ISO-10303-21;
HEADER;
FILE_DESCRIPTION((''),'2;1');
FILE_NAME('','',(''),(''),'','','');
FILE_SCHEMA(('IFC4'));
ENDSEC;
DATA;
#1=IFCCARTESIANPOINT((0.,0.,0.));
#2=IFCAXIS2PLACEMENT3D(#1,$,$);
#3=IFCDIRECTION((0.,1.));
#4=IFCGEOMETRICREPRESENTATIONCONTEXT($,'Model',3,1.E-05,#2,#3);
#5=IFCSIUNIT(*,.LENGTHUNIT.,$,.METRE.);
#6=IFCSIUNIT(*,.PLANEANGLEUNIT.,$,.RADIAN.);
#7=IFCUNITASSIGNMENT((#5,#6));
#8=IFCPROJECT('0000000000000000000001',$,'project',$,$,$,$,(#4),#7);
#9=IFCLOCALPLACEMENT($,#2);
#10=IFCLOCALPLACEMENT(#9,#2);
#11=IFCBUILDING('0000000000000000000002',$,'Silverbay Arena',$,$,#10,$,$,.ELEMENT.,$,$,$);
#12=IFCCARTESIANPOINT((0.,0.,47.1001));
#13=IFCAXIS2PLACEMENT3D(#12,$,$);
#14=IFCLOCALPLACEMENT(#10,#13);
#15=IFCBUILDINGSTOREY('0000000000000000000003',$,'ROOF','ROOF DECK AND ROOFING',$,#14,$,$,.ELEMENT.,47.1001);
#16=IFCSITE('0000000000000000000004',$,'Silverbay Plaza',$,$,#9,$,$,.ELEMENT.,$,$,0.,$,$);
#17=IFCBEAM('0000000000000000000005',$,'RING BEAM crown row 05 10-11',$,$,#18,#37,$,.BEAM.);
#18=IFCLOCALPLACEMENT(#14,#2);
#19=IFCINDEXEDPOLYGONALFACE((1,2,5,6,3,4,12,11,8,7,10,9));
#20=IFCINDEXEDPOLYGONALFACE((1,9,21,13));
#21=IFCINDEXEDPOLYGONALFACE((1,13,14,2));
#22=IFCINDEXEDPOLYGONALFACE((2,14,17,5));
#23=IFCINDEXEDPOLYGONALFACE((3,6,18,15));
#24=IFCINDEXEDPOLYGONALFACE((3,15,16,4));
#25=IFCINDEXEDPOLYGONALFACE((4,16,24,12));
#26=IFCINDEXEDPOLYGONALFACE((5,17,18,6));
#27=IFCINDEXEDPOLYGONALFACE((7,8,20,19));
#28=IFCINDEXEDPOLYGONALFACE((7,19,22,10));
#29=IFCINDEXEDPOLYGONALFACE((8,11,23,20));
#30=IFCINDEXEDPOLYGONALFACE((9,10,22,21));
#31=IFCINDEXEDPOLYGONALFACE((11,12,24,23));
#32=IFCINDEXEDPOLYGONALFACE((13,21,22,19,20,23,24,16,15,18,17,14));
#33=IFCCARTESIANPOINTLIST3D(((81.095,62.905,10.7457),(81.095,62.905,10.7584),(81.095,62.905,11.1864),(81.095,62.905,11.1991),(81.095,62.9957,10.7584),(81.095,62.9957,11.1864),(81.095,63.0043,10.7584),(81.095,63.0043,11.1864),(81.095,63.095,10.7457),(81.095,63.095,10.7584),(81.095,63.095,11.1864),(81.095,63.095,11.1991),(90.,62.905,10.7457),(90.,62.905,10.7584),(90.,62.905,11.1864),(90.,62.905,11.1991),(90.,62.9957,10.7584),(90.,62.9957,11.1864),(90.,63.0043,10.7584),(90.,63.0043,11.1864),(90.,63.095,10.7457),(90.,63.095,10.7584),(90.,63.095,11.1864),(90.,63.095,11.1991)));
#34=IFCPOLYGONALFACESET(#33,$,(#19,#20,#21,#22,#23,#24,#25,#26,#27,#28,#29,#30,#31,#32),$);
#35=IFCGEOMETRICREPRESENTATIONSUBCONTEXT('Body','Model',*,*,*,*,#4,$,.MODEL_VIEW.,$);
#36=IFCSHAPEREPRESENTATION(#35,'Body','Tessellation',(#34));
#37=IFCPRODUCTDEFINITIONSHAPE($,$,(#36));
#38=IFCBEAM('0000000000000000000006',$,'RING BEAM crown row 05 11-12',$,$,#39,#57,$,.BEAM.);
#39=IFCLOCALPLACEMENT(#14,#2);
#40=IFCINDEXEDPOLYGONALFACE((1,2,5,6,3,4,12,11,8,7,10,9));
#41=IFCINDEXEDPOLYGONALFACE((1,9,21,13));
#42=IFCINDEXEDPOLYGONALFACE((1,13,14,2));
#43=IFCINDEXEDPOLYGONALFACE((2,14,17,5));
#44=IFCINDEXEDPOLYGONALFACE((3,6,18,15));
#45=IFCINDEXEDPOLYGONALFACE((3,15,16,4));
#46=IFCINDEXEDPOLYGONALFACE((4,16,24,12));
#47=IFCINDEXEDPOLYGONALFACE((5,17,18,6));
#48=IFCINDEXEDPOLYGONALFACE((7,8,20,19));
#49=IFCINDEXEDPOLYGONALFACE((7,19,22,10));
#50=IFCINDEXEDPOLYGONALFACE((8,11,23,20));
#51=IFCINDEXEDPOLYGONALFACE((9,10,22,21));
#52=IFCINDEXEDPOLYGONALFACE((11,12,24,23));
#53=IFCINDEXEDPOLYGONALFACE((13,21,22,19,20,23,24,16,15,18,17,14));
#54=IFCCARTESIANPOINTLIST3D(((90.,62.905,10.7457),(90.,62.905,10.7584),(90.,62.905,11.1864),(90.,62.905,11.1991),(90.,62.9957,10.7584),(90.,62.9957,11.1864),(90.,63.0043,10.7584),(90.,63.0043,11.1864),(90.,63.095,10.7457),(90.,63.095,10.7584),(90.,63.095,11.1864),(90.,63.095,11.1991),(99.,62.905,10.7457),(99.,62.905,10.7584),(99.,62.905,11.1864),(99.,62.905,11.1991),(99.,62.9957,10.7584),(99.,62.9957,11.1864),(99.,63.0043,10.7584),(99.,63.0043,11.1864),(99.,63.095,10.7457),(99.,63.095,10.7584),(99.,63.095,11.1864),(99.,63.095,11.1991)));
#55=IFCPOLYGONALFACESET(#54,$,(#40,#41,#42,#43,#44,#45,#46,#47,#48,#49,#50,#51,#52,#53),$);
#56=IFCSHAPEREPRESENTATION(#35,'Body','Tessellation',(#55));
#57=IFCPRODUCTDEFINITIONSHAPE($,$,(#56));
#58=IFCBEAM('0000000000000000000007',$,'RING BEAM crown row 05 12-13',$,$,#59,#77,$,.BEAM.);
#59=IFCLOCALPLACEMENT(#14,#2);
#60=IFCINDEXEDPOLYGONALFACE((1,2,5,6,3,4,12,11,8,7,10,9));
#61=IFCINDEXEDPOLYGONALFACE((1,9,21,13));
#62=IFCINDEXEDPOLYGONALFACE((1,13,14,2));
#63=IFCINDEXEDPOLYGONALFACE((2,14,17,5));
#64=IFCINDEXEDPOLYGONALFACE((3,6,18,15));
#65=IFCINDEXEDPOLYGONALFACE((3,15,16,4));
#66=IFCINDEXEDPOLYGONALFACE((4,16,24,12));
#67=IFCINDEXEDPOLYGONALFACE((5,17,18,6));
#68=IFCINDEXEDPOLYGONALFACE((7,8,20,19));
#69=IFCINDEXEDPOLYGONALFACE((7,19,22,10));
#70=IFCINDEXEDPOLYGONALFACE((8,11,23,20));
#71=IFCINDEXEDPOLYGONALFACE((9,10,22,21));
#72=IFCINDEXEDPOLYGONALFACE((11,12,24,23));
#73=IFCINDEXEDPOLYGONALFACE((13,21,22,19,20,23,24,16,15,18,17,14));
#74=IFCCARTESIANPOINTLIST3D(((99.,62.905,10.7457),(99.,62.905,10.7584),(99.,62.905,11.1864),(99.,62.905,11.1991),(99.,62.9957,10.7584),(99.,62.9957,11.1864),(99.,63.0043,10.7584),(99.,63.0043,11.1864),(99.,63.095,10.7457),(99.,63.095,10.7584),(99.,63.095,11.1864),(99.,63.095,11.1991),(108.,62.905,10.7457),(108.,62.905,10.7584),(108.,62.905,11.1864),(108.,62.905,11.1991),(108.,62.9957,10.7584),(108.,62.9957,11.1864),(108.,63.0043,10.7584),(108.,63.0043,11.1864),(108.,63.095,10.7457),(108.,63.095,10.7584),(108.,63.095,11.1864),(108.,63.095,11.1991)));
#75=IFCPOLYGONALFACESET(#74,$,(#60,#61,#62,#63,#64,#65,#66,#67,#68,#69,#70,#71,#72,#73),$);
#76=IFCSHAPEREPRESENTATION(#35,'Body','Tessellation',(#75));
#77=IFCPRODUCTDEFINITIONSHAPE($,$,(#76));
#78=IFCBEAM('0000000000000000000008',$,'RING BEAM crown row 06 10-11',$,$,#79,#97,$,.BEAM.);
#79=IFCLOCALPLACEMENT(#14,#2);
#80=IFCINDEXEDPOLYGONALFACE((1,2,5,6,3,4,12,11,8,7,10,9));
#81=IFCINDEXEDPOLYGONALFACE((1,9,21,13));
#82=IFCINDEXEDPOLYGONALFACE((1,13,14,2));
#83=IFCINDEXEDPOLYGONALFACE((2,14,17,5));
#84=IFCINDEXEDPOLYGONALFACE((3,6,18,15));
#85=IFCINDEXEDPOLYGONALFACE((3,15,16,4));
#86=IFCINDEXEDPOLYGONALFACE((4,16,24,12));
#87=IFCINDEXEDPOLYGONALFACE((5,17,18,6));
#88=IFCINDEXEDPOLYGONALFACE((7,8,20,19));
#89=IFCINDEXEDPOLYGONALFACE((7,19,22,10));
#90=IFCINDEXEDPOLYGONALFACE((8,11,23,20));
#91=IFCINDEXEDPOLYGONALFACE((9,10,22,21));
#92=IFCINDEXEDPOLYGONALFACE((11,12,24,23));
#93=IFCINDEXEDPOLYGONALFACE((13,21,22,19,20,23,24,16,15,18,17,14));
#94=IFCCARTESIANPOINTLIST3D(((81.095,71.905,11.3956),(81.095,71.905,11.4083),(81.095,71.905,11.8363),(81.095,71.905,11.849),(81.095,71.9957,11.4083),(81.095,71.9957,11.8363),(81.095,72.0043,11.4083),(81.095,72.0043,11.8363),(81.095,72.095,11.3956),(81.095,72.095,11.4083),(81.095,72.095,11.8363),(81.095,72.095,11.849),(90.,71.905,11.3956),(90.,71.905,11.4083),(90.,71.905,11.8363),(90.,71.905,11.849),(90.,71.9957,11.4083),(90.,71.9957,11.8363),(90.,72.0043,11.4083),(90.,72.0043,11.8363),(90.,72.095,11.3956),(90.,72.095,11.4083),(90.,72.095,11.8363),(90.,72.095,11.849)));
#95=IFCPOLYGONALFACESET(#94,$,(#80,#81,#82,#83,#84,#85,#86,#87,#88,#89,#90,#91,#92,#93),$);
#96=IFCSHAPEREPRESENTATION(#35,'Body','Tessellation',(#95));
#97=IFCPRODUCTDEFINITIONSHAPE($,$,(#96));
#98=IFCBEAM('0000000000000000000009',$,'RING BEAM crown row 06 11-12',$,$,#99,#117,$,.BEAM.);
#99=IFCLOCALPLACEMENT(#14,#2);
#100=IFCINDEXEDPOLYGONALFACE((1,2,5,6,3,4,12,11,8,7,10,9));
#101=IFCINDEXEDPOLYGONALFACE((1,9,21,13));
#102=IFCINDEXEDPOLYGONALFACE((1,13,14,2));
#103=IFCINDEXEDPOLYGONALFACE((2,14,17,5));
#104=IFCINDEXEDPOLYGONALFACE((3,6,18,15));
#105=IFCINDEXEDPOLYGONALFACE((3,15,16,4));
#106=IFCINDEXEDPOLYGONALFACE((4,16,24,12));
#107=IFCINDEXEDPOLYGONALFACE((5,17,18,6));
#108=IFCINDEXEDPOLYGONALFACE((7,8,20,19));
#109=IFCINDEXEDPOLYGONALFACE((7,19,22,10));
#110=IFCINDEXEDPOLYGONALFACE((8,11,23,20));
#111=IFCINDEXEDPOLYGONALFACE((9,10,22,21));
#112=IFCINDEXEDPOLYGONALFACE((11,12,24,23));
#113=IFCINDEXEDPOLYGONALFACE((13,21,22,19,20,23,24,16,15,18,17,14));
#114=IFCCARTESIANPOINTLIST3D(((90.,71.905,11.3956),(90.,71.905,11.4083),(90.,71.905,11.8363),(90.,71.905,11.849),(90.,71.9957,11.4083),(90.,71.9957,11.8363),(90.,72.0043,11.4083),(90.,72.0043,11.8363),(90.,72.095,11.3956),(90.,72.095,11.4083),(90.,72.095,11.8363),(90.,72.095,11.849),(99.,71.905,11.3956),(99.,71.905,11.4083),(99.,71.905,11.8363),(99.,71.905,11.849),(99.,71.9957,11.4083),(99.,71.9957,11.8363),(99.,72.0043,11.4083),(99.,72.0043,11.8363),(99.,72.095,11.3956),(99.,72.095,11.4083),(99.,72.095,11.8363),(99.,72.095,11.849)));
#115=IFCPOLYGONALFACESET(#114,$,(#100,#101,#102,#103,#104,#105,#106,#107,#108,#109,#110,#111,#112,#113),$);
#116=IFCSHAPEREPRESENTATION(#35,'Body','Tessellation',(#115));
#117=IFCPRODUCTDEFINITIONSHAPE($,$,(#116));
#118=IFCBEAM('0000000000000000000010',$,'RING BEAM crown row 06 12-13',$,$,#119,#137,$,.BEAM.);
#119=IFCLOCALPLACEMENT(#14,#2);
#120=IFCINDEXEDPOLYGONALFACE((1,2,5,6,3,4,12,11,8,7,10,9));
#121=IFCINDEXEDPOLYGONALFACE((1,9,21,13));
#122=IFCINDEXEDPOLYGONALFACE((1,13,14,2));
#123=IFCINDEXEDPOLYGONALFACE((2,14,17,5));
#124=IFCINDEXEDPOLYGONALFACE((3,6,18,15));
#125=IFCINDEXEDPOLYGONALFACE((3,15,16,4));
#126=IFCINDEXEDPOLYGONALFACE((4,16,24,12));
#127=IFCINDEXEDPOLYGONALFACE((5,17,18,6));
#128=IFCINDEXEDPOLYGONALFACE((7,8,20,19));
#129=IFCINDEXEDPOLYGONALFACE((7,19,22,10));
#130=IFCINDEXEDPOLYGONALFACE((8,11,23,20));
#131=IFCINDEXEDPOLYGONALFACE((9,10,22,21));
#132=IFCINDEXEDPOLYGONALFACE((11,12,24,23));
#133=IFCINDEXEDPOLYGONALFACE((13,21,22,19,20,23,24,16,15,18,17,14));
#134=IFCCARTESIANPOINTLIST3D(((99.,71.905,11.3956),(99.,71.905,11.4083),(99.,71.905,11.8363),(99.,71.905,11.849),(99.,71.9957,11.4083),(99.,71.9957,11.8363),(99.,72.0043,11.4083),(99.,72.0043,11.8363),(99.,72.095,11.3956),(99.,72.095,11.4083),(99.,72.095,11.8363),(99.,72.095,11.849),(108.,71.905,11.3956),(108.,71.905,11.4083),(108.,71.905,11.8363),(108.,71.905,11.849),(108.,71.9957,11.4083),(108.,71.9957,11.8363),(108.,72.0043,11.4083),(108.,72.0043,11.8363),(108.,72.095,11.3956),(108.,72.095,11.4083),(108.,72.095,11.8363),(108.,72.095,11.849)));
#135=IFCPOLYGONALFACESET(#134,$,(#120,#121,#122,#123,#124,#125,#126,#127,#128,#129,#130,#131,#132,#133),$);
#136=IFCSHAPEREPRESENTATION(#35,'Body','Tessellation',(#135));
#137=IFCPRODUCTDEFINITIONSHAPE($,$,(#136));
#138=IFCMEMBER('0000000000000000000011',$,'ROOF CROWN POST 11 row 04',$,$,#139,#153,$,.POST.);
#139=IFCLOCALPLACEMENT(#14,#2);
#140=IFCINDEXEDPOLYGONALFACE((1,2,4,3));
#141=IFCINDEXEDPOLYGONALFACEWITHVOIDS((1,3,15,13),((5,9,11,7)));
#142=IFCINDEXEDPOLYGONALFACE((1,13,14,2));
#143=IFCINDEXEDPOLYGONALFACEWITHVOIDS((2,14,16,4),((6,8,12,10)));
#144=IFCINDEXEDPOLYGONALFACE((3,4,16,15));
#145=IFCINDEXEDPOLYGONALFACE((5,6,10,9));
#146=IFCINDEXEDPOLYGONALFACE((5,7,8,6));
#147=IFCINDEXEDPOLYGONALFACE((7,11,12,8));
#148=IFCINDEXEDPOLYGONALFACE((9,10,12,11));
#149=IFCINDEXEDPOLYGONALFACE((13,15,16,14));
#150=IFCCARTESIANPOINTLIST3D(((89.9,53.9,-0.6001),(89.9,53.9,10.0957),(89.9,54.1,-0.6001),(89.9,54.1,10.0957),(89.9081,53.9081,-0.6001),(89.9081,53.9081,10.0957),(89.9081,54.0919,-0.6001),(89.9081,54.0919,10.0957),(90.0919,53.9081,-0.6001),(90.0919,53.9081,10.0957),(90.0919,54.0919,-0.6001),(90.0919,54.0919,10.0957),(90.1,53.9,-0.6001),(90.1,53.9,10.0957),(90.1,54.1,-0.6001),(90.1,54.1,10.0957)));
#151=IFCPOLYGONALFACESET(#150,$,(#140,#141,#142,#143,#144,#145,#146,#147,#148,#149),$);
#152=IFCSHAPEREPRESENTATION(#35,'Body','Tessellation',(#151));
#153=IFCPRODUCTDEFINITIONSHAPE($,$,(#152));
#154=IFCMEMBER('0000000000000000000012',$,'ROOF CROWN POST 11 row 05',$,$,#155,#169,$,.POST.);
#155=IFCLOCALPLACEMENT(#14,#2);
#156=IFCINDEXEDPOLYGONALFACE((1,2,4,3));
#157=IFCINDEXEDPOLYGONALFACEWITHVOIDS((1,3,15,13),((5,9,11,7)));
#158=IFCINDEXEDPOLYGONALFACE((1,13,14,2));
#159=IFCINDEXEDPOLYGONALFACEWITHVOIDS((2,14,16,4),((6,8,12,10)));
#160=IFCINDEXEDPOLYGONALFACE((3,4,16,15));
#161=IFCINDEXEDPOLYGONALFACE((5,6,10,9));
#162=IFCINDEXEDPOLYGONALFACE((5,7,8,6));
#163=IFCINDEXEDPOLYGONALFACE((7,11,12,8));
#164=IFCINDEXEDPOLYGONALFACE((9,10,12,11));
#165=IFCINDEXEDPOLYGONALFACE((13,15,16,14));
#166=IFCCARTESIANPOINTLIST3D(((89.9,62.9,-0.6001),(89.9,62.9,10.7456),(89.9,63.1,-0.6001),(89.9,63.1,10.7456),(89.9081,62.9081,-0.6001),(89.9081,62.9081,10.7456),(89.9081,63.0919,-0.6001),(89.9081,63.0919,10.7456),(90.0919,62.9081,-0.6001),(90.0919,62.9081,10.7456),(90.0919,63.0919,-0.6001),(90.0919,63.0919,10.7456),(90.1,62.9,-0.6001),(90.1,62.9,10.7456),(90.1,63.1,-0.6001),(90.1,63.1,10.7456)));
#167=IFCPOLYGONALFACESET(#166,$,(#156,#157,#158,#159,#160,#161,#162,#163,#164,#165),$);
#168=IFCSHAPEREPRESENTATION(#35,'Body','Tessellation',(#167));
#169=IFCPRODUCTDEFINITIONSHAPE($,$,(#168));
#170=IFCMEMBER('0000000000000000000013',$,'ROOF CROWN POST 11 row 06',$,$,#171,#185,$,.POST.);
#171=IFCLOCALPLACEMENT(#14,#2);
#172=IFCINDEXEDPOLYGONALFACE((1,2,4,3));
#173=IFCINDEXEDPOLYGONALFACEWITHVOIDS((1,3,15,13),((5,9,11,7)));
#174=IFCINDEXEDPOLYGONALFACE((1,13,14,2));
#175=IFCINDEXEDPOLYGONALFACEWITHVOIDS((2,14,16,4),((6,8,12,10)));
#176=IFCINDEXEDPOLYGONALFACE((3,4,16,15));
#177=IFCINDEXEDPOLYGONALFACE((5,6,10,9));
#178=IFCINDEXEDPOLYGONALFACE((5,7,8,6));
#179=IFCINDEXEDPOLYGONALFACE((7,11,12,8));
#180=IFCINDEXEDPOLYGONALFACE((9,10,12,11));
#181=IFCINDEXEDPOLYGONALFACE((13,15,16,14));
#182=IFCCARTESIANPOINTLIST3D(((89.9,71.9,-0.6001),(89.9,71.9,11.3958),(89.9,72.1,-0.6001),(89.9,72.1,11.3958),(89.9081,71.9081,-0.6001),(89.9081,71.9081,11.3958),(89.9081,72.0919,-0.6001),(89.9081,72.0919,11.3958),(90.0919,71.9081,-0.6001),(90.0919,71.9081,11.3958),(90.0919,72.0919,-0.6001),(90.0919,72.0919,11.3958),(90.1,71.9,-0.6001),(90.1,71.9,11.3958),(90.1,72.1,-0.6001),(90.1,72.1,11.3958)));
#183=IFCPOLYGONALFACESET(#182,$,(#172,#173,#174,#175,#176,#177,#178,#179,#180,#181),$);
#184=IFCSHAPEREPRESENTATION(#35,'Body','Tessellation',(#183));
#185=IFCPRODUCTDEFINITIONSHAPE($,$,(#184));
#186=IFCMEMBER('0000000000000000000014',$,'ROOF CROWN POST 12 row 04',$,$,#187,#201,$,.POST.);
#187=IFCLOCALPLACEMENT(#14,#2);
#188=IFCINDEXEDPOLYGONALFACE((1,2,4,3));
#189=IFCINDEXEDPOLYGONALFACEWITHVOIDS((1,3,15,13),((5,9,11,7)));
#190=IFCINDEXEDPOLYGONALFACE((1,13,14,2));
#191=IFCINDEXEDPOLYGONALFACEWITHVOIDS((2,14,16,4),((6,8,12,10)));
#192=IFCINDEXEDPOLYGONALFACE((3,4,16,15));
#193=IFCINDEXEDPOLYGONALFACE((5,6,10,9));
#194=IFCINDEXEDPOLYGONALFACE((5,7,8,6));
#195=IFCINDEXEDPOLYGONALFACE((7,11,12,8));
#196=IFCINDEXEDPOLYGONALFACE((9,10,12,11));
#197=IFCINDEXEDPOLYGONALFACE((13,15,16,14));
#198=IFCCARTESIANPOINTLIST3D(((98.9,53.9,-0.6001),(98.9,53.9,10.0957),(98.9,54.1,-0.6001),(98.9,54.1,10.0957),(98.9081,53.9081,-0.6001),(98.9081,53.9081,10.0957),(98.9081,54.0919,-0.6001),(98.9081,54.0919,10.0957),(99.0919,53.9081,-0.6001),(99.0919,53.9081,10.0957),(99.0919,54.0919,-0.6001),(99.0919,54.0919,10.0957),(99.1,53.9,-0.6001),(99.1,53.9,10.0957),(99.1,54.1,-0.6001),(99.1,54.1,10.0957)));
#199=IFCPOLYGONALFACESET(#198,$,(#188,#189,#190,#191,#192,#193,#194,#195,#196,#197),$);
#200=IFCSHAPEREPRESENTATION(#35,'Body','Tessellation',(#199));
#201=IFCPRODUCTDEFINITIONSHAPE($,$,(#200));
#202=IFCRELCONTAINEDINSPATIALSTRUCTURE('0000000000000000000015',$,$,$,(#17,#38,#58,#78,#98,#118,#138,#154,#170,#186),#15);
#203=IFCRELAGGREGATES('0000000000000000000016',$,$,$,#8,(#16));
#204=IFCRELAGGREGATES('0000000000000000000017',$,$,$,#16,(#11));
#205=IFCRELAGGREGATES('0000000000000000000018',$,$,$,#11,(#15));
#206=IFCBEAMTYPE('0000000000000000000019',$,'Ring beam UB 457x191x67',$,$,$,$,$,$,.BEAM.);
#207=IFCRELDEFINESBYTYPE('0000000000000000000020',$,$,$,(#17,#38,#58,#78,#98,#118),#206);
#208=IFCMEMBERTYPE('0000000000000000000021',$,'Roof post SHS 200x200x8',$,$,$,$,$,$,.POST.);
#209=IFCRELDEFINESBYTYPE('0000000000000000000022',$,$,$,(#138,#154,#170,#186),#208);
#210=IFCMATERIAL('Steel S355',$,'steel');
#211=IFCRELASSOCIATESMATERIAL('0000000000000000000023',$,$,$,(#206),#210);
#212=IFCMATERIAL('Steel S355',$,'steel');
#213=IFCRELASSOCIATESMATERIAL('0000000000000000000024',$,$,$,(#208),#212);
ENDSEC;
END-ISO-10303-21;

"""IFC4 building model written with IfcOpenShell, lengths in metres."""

from ifc_helpers import new_model, si_unit, direction, frame, origin, origin_2d, place, context, subcontext, project, spatial, hollow_rectangle, i_section, extrude, material, material_profile, profile_set, type_object, element, save


model = new_model("IFC4")

# Units and contexts
model_context = context("Model", 3, precision=1e-05, world=origin(), true_north=direction((0.0, 1.0)))
body_context = subcontext(model_context, "Body", "Model", "MODEL_VIEW")
ifc_project = project(units=[si_unit("LENGTHUNIT", "METRE"), si_unit("PLANEANGLEUNIT", "RADIAN")], contexts=[model_context])

# Site, building, storey
site_placement = place(None, origin())
site = spatial("IfcSite", under=ifc_project, at=site_placement, Name="Silverbay Plaza", CompositionType="ELEMENT", RefElevation=0.0)
building_placement = place(site_placement, origin())
building = spatial("IfcBuilding", under=site, at=building_placement, Name="Silverbay Arena", CompositionType="ELEMENT")
storey_placement = place(building_placement, frame((0.0, 0.0, 47.1001)))
storey = spatial("IfcBuildingStorey", under=building, at=storey_placement, Name="ROOF", Description="ROOF DECK AND ROOFING", CompositionType="ELEMENT", Elevation=47.1001)

# Beams
ifc_material_1 = material(Name="Steel S355", Category="steel")
ifc_material_profile_1 = material_profile(ifc_material_1, i_section(OverallWidth=0.1899, OverallDepth=0.4534, WebThickness=0.0085, FlangeThickness=0.0127, at=origin_2d()), Name="UB 457x191x67")
ifc_profile_set_1 = profile_set([ifc_material_profile_1], Name="Steel S355")
beam_type = type_object("IfcBeamType", Name="Ring beam UB 457x191x67", PredefinedType="BEAM", material=ifc_profile_set_1)
beam_1_placement = place(storey_placement, frame((81.095, 63.0, 10.9724), z_axis=(1.0, 0.0, 0.0), x_axis=(0.0, 1.0, 0.0)))
element("IfcBeam", 1, at=beam_1_placement, inside=storey, type_object=beam_type, Name="RING BEAM crown row 05 10-11", PredefinedType="BEAM", context=body_context, shape_type="SweptSolid", body=[
    extrude(i_section(OverallWidth=0.1899, OverallDepth=0.4534, WebThickness=0.0085, FlangeThickness=0.0127, at=origin_2d()), origin(), (0.0, 0.0, 1.0), 8.905),
])
for number, where, z_axis, x_axis, name in (
    (2, (90.0, 63.0, 10.9724), (1.0, 0.0, 0.0), (0.0, 1.0, 0.0), "RING BEAM crown row 05 11-12"),
    (3, (99.0, 63.0, 10.9724), (1.0, 0.0, 0.0), (0.0, 1.0, 0.0), "RING BEAM crown row 05 12-13"),
):
    element("IfcBeam", number, at=place(storey_placement, frame(where, z_axis=z_axis, x_axis=x_axis)), inside=storey, type_object=beam_type, Name=name, PredefinedType="BEAM", context=body_context, shape_type="SweptSolid", body=[
        extrude(i_section(OverallWidth=0.1899, OverallDepth=0.4534, WebThickness=0.0085, FlangeThickness=0.0127, at=origin_2d()), origin(), (0.0, 0.0, 1.0), 9.0),
    ])
beam_2_placement = place(storey_placement, frame((81.095, 72.0, 11.6223), z_axis=(1.0, 0.0, 0.0), x_axis=(0.0, 1.0, 0.0)))
element("IfcBeam", 4, at=beam_2_placement, inside=storey, type_object=beam_type, Name="RING BEAM crown row 06 10-11", PredefinedType="BEAM", context=body_context, shape_type="SweptSolid", body=[
    extrude(i_section(OverallWidth=0.1899, OverallDepth=0.4534, WebThickness=0.0085, FlangeThickness=0.0127, at=origin_2d()), origin(), (0.0, 0.0, 1.0), 8.905),
])
for number, where, z_axis, x_axis, name in (
    (5, (90.0, 72.0, 11.6223), (1.0, 0.0, 0.0), (0.0, 1.0, 0.0), "RING BEAM crown row 06 11-12"),
    (6, (99.0, 72.0, 11.6223), (1.0, 0.0, 0.0), (0.0, 1.0, 0.0), "RING BEAM crown row 06 12-13"),
):
    element("IfcBeam", number, at=place(storey_placement, frame(where, z_axis=z_axis, x_axis=x_axis)), inside=storey, type_object=beam_type, Name=name, PredefinedType="BEAM", context=body_context, shape_type="SweptSolid", body=[
        extrude(i_section(OverallWidth=0.1899, OverallDepth=0.4534, WebThickness=0.0085, FlangeThickness=0.0127, at=origin_2d()), origin(), (0.0, 0.0, 1.0), 9.0),
    ])

# Members
ifc_material_2 = material(Name="Steel S355", Category="steel")
ifc_material_profile_2 = material_profile(ifc_material_2, hollow_rectangle(XDim=0.2, YDim=0.2, WallThickness=0.0081, at=origin_2d()), Name="SHS 200x200x8")
ifc_profile_set_2 = profile_set([ifc_material_profile_2], Name="Steel S355")
member_type_1 = type_object("IfcMemberType", Name="Roof post SHS 200x200x8", PredefinedType="POST", material=ifc_profile_set_2)
member_1_placement = place(storey_placement, frame((90.0, 54.0, -0.6001), z_axis=(0.0, 0.0, 1.0), x_axis=(1.0, 0.0, 0.0)))
element("IfcMember", 7, at=member_1_placement, inside=storey, type_object=member_type_1, Name="ROOF CROWN POST 11 row 04", PredefinedType="POST", context=body_context, shape_type="SweptSolid", body=[
    extrude(hollow_rectangle(XDim=0.2, YDim=0.2, WallThickness=0.0081, at=origin_2d()), origin(), (0.0, 0.0, 1.0), 10.6958),
])
member_2_placement = place(storey_placement, frame((90.0, 63.0, -0.6001), z_axis=(0.0, 0.0, 1.0), x_axis=(1.0, 0.0, 0.0)))
element("IfcMember", 8, at=member_2_placement, inside=storey, type_object=member_type_1, Name="ROOF CROWN POST 11 row 05", PredefinedType="POST", context=body_context, shape_type="SweptSolid", body=[
    extrude(hollow_rectangle(XDim=0.2, YDim=0.2, WallThickness=0.0081, at=origin_2d()), origin(), (0.0, 0.0, 1.0), 11.3457),
])
member_3_placement = place(storey_placement, frame((90.0, 72.0, -0.6001), z_axis=(0.0, 0.0, 1.0), x_axis=(1.0, 0.0, 0.0)))
element("IfcMember", 9, at=member_3_placement, inside=storey, type_object=member_type_1, Name="ROOF CROWN POST 11 row 06", PredefinedType="POST", context=body_context, shape_type="SweptSolid", body=[
    extrude(hollow_rectangle(XDim=0.2, YDim=0.2, WallThickness=0.0081, at=origin_2d()), origin(), (0.0, 0.0, 1.0), 11.9958),
])
member_4_placement = place(storey_placement, frame((99.0, 54.0, -0.6001), z_axis=(0.0, 0.0, 1.0), x_axis=(1.0, 0.0, 0.0)))
element("IfcMember", 10, at=member_4_placement, inside=storey, type_object=member_type_1, Name="ROOF CROWN POST 12 row 04", PredefinedType="POST", context=body_context, shape_type="SweptSolid", body=[
    extrude(hollow_rectangle(XDim=0.2, YDim=0.2, WallThickness=0.0081, at=origin_2d()), origin(), (0.0, 0.0, 1.0), 10.6958),
])

save(model, "model.ifc")
